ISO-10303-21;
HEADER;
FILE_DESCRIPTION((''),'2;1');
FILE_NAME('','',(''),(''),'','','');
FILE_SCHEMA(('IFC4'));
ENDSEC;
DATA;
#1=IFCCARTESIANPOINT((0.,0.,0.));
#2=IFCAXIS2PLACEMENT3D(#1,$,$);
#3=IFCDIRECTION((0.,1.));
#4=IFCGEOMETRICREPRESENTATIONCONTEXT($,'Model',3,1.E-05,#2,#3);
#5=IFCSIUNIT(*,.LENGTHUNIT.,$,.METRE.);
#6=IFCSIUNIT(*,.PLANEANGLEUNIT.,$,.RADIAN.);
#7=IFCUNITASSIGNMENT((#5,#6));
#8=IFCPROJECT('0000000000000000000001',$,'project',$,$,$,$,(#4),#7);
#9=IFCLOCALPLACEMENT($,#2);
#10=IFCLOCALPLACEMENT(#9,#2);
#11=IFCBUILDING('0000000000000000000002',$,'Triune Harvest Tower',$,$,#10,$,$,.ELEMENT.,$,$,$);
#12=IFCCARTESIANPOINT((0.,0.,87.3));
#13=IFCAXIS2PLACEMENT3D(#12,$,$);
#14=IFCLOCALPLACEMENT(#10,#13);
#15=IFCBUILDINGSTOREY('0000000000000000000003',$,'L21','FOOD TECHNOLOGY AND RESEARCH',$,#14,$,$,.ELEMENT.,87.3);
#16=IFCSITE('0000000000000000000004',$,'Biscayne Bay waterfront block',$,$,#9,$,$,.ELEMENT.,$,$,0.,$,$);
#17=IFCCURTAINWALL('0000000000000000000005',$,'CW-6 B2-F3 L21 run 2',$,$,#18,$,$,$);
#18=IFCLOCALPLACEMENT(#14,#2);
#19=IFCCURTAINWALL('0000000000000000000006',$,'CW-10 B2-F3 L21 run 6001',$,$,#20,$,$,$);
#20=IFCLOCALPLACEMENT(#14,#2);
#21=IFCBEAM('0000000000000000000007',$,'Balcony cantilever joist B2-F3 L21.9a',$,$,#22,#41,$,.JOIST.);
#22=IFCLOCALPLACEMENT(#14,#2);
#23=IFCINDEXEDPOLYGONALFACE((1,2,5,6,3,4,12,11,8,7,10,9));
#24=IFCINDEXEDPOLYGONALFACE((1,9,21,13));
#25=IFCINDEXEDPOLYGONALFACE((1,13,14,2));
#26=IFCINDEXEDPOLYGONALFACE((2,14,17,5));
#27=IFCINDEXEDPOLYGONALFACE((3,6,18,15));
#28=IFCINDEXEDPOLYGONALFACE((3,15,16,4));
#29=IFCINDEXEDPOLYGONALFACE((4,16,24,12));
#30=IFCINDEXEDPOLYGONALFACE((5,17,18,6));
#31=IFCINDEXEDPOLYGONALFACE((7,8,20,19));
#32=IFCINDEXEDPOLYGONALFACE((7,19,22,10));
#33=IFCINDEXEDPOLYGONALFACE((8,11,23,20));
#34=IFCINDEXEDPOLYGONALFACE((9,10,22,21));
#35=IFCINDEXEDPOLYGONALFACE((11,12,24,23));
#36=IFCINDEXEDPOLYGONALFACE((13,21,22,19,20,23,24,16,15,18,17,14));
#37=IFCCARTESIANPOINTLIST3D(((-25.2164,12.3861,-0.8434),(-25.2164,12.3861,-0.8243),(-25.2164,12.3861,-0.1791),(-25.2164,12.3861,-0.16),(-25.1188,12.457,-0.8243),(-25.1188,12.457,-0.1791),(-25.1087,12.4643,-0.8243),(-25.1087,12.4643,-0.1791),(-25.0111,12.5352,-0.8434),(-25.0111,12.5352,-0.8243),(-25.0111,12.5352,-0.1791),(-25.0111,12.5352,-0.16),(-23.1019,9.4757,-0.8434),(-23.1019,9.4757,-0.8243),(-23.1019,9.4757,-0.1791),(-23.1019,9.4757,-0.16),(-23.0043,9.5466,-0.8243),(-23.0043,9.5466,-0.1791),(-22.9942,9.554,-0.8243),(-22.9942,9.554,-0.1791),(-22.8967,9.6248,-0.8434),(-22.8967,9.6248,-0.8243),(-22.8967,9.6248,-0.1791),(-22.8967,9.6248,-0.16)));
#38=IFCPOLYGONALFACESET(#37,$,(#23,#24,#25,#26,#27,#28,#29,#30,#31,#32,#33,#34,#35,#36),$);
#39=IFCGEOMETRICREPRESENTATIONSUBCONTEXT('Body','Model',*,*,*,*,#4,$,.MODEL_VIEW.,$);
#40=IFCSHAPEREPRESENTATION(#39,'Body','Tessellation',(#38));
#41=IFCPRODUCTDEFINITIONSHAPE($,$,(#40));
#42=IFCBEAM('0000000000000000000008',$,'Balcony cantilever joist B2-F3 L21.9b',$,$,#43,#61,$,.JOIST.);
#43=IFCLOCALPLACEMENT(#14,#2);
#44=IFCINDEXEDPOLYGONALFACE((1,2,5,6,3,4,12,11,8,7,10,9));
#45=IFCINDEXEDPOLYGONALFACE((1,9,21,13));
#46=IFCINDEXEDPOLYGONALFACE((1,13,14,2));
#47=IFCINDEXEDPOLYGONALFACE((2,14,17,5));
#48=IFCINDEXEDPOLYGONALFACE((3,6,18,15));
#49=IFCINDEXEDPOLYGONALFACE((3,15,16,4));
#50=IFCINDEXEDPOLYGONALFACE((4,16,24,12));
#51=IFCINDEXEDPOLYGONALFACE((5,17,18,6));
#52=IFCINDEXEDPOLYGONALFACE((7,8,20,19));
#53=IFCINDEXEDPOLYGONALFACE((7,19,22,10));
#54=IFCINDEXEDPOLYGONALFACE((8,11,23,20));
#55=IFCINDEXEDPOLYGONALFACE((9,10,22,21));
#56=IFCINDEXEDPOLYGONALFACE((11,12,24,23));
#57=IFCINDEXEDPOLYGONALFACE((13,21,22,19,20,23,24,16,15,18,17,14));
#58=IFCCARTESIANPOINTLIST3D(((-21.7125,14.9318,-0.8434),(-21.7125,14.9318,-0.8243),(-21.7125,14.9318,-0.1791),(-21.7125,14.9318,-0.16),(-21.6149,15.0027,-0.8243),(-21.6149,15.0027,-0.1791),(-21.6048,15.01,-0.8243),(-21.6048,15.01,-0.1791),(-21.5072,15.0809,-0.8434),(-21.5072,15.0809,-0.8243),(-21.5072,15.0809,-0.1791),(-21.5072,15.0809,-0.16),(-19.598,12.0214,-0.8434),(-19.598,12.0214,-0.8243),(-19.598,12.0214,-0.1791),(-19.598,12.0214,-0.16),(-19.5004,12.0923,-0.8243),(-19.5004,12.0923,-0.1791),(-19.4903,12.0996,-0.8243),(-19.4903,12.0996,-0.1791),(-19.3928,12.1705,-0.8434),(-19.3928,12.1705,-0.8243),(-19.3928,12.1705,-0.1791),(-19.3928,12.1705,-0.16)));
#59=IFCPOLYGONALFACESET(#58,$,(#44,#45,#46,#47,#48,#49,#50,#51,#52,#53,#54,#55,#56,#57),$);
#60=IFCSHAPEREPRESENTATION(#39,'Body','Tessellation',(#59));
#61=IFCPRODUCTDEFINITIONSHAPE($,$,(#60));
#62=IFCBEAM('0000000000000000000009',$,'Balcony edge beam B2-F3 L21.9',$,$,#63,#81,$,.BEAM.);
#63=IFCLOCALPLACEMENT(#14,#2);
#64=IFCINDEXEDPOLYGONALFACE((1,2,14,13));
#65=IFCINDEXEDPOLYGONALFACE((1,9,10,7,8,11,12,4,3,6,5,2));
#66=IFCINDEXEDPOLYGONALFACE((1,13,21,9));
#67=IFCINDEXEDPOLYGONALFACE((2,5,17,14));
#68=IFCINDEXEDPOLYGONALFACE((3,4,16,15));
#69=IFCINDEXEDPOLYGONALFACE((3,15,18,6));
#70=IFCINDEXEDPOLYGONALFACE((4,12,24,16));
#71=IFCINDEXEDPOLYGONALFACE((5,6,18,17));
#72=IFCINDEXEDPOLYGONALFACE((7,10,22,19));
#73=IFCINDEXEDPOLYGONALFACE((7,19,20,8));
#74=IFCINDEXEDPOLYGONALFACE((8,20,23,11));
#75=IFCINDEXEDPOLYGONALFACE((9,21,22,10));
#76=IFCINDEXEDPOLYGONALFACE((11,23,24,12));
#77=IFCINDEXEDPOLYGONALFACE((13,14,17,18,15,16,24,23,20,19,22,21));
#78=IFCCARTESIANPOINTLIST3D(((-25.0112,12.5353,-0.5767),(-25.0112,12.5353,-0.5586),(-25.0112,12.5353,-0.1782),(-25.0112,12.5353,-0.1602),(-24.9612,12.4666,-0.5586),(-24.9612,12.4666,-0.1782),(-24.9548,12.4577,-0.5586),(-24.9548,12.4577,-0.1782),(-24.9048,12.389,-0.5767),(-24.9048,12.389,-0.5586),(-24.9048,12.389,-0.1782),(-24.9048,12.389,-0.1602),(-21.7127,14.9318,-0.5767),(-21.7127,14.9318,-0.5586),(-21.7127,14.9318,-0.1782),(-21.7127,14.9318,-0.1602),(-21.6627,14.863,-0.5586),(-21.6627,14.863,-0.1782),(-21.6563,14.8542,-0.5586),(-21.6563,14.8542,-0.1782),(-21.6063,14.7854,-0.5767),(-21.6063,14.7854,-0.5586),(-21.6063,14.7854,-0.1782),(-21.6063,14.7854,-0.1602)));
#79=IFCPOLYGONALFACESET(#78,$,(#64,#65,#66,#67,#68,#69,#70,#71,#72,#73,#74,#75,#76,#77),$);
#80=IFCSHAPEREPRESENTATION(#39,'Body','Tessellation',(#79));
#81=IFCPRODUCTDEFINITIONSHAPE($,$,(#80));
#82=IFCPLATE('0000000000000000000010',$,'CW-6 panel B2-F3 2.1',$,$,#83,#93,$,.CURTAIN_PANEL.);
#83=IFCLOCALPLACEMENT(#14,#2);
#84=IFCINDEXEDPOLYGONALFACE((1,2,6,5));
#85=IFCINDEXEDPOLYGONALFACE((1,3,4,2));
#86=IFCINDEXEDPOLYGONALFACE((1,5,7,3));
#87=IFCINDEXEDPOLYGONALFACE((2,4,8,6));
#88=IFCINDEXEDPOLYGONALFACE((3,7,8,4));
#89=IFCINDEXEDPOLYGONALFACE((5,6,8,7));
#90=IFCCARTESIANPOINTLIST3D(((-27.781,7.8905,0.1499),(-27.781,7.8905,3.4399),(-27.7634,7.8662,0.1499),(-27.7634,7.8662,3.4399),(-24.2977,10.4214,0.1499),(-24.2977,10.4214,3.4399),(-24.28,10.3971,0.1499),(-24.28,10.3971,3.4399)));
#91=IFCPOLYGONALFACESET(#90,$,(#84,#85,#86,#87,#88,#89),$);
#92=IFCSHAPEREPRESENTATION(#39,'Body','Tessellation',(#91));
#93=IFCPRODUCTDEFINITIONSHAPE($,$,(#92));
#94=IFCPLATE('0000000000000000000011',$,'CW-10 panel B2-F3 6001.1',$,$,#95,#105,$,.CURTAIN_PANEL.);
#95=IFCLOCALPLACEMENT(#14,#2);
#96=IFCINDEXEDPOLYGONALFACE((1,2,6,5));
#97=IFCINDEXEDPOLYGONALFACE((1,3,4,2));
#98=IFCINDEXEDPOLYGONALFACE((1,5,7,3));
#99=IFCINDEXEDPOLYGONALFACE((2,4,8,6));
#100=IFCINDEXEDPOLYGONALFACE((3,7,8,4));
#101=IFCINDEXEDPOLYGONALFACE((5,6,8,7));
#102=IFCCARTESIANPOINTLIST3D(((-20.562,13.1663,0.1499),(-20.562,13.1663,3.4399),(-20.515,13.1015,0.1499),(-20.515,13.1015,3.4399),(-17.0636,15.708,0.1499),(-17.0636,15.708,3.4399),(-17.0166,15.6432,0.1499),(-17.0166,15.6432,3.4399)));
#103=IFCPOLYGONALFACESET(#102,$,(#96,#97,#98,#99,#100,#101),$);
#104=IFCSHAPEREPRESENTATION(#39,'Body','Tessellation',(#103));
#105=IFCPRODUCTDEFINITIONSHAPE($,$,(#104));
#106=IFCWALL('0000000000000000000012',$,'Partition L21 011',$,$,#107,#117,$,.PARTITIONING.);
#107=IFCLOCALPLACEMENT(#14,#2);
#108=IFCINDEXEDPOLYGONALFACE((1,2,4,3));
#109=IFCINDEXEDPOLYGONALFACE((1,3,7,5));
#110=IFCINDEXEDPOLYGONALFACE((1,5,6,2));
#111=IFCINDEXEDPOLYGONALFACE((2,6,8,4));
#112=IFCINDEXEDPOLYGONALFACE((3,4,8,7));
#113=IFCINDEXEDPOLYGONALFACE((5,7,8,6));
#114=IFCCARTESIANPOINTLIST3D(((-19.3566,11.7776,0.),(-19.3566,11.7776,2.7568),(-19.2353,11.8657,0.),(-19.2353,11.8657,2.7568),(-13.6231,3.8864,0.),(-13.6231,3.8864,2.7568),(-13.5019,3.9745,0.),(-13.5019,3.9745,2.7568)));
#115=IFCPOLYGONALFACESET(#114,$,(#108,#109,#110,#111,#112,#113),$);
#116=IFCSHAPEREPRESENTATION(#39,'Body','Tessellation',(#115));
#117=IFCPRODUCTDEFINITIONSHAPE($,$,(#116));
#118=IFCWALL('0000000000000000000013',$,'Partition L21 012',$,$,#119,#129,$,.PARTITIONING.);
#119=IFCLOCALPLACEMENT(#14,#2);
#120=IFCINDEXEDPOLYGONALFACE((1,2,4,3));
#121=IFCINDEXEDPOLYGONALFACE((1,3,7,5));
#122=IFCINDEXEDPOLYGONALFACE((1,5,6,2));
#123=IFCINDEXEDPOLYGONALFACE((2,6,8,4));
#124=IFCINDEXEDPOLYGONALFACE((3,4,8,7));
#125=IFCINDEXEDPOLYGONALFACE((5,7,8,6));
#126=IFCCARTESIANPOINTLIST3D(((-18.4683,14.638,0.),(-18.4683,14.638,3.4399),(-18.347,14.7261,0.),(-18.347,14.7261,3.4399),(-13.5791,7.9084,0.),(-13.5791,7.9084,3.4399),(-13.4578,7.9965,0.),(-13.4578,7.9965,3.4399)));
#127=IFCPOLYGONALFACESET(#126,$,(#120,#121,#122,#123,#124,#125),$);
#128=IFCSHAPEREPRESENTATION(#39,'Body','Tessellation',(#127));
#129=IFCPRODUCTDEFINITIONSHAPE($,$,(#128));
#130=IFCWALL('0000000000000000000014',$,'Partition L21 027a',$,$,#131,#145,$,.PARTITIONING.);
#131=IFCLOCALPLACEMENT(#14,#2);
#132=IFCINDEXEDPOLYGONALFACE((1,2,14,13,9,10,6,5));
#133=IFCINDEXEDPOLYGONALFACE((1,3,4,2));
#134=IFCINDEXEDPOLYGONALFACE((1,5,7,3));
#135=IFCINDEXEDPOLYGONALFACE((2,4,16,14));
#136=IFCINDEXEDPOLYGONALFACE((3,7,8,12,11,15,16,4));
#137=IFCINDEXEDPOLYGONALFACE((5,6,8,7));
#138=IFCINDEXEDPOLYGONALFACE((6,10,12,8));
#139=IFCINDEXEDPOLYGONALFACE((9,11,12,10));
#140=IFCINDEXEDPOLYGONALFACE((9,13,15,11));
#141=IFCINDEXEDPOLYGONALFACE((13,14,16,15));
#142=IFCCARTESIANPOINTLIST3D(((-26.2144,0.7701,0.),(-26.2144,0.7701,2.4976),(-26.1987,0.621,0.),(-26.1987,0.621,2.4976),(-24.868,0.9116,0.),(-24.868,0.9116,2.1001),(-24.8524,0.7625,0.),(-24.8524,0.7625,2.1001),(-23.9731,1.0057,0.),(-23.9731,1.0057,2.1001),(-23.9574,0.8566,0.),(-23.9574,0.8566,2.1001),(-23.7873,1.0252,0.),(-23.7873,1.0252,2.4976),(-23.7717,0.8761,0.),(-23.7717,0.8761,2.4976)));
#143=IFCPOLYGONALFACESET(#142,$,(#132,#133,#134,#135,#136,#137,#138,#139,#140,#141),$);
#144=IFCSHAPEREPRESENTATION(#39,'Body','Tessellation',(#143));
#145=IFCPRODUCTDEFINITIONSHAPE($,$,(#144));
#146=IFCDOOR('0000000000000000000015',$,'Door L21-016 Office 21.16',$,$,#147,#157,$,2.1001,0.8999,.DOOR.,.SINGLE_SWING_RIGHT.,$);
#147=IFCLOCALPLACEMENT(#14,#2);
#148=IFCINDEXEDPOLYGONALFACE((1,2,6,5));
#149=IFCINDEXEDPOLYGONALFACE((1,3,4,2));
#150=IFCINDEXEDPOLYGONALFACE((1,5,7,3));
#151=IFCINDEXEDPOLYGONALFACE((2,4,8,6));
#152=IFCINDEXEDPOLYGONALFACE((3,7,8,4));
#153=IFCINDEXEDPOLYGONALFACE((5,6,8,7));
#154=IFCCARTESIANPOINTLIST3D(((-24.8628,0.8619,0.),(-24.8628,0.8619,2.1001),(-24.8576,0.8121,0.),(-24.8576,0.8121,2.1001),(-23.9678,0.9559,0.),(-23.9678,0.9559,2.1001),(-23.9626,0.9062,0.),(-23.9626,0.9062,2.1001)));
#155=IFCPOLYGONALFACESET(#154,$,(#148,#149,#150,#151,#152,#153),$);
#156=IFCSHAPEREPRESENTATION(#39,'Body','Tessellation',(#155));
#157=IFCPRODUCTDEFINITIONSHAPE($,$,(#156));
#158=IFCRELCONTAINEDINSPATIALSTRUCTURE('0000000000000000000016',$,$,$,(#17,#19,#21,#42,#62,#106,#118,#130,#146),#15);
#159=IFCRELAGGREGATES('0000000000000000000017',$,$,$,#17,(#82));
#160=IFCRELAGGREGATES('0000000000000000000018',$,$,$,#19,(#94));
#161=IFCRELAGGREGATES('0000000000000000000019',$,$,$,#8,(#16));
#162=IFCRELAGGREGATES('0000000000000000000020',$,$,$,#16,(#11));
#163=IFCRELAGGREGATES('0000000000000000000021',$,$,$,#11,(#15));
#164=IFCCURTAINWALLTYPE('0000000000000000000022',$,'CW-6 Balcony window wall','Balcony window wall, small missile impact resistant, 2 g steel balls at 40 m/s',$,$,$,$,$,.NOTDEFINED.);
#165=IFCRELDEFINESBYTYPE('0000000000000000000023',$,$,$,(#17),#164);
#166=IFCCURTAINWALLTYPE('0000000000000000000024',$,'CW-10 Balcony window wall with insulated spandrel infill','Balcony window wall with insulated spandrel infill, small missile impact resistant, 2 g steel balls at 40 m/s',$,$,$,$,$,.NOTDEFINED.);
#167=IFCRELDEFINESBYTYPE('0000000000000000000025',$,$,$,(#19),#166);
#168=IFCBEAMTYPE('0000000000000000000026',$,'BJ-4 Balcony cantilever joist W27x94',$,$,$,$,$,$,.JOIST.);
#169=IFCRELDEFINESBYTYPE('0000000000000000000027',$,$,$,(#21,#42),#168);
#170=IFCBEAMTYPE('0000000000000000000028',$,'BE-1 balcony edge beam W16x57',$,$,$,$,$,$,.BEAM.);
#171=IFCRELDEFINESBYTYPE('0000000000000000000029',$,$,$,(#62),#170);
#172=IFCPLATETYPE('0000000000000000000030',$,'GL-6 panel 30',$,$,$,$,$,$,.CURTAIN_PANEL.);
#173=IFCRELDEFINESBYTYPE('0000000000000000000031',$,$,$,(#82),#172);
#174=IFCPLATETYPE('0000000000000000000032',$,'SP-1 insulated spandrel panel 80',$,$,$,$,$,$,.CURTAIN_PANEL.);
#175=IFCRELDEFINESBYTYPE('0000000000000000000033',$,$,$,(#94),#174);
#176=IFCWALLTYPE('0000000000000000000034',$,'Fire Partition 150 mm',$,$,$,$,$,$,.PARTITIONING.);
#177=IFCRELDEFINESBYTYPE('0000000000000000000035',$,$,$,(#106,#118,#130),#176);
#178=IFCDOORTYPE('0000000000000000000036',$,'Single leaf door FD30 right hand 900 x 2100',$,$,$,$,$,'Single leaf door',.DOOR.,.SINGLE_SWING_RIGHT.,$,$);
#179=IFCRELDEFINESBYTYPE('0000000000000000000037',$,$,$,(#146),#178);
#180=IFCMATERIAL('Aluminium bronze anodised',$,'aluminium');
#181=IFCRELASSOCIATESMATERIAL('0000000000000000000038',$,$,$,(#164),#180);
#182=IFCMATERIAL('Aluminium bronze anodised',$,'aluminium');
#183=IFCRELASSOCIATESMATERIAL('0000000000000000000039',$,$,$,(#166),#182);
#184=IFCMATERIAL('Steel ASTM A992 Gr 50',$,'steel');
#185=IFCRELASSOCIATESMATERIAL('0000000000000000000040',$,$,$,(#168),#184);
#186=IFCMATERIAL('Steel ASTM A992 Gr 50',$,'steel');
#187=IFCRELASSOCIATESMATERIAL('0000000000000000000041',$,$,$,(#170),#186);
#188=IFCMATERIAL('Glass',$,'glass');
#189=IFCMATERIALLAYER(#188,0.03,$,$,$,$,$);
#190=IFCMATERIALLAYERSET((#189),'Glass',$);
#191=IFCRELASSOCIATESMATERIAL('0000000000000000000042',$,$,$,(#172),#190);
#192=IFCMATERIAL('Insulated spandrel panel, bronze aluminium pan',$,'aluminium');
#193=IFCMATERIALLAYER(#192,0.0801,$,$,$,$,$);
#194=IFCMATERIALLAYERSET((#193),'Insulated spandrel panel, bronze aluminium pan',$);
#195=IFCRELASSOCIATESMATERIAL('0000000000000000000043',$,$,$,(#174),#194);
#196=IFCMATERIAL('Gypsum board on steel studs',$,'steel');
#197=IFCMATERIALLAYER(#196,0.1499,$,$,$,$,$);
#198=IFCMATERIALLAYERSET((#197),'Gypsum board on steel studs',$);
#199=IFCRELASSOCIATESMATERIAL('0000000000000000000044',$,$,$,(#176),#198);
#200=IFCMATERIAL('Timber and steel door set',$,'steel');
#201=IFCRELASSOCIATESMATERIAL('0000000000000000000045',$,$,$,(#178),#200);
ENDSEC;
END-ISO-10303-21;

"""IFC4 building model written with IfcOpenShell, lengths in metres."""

from ifc_helpers import new_model, si_unit, direction, frame, frame_2d, origin, origin_2d, place, context, subcontext, project, spatial, rectangle, i_section, extrude, source, transform, mapped, material, layer, layer_set, material_profile, profile_set, type_object, element, fill, aggregate, save


model = new_model("IFC4")

# Units and contexts
model_context = context("Model", 3, precision=1e-05, world=origin(), true_north=direction((0.0, 1.0)))
body_context = subcontext(model_context, "Body", "Model", "MODEL_VIEW")
ifc_project = project(units=[si_unit("LENGTHUNIT", "METRE"), si_unit("PLANEANGLEUNIT", "RADIAN")], contexts=[model_context])

# Site, building, storey
site_placement = place(None, origin())
site = spatial("IfcSite", under=ifc_project, at=site_placement, Name="Biscayne Bay waterfront block", CompositionType="ELEMENT", RefElevation=0.0)
building_placement = place(site_placement, origin())
building = spatial("IfcBuilding", under=site, at=building_placement, Name="Triune Harvest Tower", CompositionType="ELEMENT")
storey_placement = place(building_placement, frame((0.0, 0.0, 87.3)))
storey = spatial("IfcBuildingStorey", under=building, at=storey_placement, Name="L21", Description="FOOD TECHNOLOGY AND RESEARCH", CompositionType="ELEMENT", Elevation=87.3)

# Curtain wall
ifc_material_1 = material(Name="Aluminium bronze anodised", Category="aluminium")
curtain_wall_type_1 = type_object("IfcCurtainWallType", Name="CW-6 Balcony window wall", Description="Balcony window wall, small missile impact resistant, 2 g steel balls at 40 m/s", PredefinedType="NOTDEFINED", material=ifc_material_1)
curtain_wall_1_placement = place(storey_placement, origin())
curtain_wall_1 = element("IfcCurtainWall", 1, at=curtain_wall_1_placement, inside=storey, type_object=curtain_wall_type_1, Name="CW-6 B2-F3 L21 run 2")

# Curtain wall
ifc_material_2 = material(Name="Aluminium bronze anodised", Category="aluminium")
curtain_wall_type_2 = type_object("IfcCurtainWallType", Name="CW-10 Balcony window wall with insulated spandrel infill", Description="Balcony window wall with insulated spandrel infill, small missile impact resistant, 2 g steel balls at 40 m/s", PredefinedType="NOTDEFINED", material=ifc_material_2)
curtain_wall_2_placement = place(storey_placement, origin())
curtain_wall_2 = element("IfcCurtainWall", 2, at=curtain_wall_2_placement, inside=storey, type_object=curtain_wall_type_2, Name="CW-10 B2-F3 L21 run 6001")

# Beams
ifc_material_3 = material(Name="Steel ASTM A992 Gr 50", Category="steel")
ifc_material_profile_1 = material_profile(ifc_material_3, i_section(OverallWidth=0.2537, OverallDepth=0.6833, WebThickness=0.0125, FlangeThickness=0.019, at=origin_2d()), Name="W27x94")
ifc_profile_set_1 = profile_set([ifc_material_profile_1], Name="Steel ASTM A992 Gr 50")
beam_type_1 = type_object("IfcBeamType", Name="BJ-4 Balcony cantilever joist W27x94", PredefinedType="JOIST", material=ifc_profile_set_1)
shared_shape_1 = source(origin(), body_context, "Body", "SweptSolid", [
    extrude(i_section(OverallWidth=0.2537, OverallDepth=0.6833, WebThickness=0.0125, FlangeThickness=0.019, at=origin_2d()), origin(), (0.0, 0.0, 1.0), 3.5974),
])
for number, where, z_axis, x_axis, name in (
    (3, (-22.9993, 9.5503, -0.5017), (-0.58778, 0.809021, 0.0), (-0.809021, -0.58778, 0.0), "Balcony cantilever joist B2-F3 L21.9a"),
    (4, (-19.4954, 12.0959, -0.5017), (-0.58778, 0.809021, 0.0), (-0.809021, -0.58778, 0.0), "Balcony cantilever joist B2-F3 L21.9b"),
):
    element("IfcBeam", number, at=place(storey_placement, frame(where, z_axis=z_axis, x_axis=x_axis)), inside=storey, type_object=beam_type_1, Name=name, PredefinedType="JOIST", context=body_context, shape_type="MappedRepresentation", body=[
        mapped(shared_shape_1, transform((0.0, 0.0, 0.0), scale=1.0)),
    ])
ifc_material_4 = material(Name="Steel ASTM A992 Gr 50", Category="steel")
ifc_material_profile_2 = material_profile(ifc_material_4, i_section(OverallWidth=0.1809, OverallDepth=0.4165, WebThickness=0.011, FlangeThickness=0.0181, at=origin_2d()), Name="W16x57")
ifc_profile_set_2 = profile_set([ifc_material_profile_2], Name="Steel ASTM A992 Gr 50")
beam_type_2 = type_object("IfcBeamType", Name="BE-1 balcony edge beam W16x57", PredefinedType="BEAM", material=ifc_profile_set_2)
shared_shape_2 = source(origin(), body_context, "Body", "SweptSolid", [
    extrude(i_section(OverallWidth=0.1809, OverallDepth=0.4165, WebThickness=0.011, FlangeThickness=0.0181, at=origin_2d()), origin(), (0.0, 0.0, 1.0), 4.0771),
])
beam_1_placement = place(storey_placement, frame((-24.958, 12.4622, -0.3684), z_axis=(0.809026, 0.587773, 0.0), x_axis=(-0.587773, 0.809026, 0.0)))
element("IfcBeam", 5, at=beam_1_placement, inside=storey, type_object=beam_type_2, Name="Balcony edge beam B2-F3 L21.9", PredefinedType="BEAM", context=body_context, shape_type="MappedRepresentation", body=[
    mapped(shared_shape_2, transform((0.0, 0.0, 0.0), scale=1.0)),
])

# Plates
ifc_material_5 = material(Name="Glass", Category="glass")
ifc_layer_1 = layer(ifc_material_5, 0.03)
ifc_layer_set_1 = layer_set([ifc_layer_1], Name="Glass")
plate_type_1 = type_object("IfcPlateType", Name="GL-6 panel 30", PredefinedType="CURTAIN_PANEL", material=ifc_layer_set_1)
plate_1_placement = place(storey_placement, frame((-26.0305, 9.1438, 0.1499), z_axis=(0.0, 0.0, 1.0), x_axis=(-0.809011, -0.587793, 0.0)))
plate_1 = element("IfcPlate", 6, at=plate_1_placement, type_object=plate_type_1, Name="CW-6 panel B2-F3 2.1", PredefinedType="CURTAIN_PANEL", context=body_context, shape_type="SweptSolid", body=[
    extrude(rectangle(XDim=4.3057, YDim=0.03, at=origin_2d()), origin(), (0.0, 0.0, 1.0), 3.29),
])
aggregate(curtain_wall_1, [plate_1])
ifc_material_6 = material(Name="Insulated spandrel panel, bronze aluminium pan", Category="aluminium")
ifc_layer_2 = layer(ifc_material_6, 0.0801)
ifc_layer_set_2 = layer_set([ifc_layer_2], Name="Insulated spandrel panel, bronze aluminium pan")
plate_type_2 = type_object("IfcPlateType", Name="SP-1 insulated spandrel panel 80", PredefinedType="CURTAIN_PANEL", material=ifc_layer_set_2)
shared_shape_3 = source(origin(), body_context, "Body", "SweptSolid", [
    extrude(rectangle(XDim=4.3242, YDim=0.0801, at=origin_2d()), origin(), (0.0, 0.0, 1.0), 3.29),
])
plate_2_placement = place(storey_placement, frame((-18.7893, 14.4048, 0.1499), z_axis=(0.0, 0.0, 1.0), x_axis=(-0.809021, -0.58778, 0.0)))
plate_2 = element("IfcPlate", 7, at=plate_2_placement, type_object=plate_type_2, Name="CW-10 panel B2-F3 6001.1", PredefinedType="CURTAIN_PANEL", context=body_context, shape_type="MappedRepresentation", body=[
    mapped(shared_shape_3, transform((0.0, 0.0, 0.0), scale=1.0)),
])
aggregate(curtain_wall_2, [plate_2])

# Walls
ifc_material_7 = material(Name="Gypsum board on steel studs", Category="steel")
ifc_layer_3 = layer(ifc_material_7, 0.1499)
ifc_layer_set_3 = layer_set([ifc_layer_3], Name="Gypsum board on steel studs")
wall_type_1 = type_object("IfcWallType", Name="Fire Partition 150 mm", PredefinedType="PARTITIONING", material=ifc_layer_set_3)
wall_1_placement = place(storey_placement, frame((-19.2959, 11.8215, 0.0), z_axis=(0.0, 0.0, 1.0), x_axis=(0.587797, -0.809009, 0.0)))
element("IfcWall", 8, at=wall_1_placement, inside=storey, type_object=wall_type_1, Name="Partition L21 011", PredefinedType="PARTITIONING", context=body_context, shape_type="SweptSolid", body=[
    extrude(rectangle(XDim=9.7542, YDim=0.1499, at=frame_2d((4.877, 0.0))), origin(), (0.0, 0.0, 1.0), 2.7568),
])
wall_2_placement = place(storey_placement, frame((-18.4077, 14.6821, 0.0), z_axis=(0.0, 0.0, 1.0), x_axis=(0.587777, -0.809023, 0.0)))
element("IfcWall", 9, at=wall_2_placement, inside=storey, type_object=wall_type_1, Name="Partition L21 012", PredefinedType="PARTITIONING", context=body_context, shape_type="SweptSolid", body=[
    extrude(rectangle(XDim=8.3181, YDim=0.1499, at=frame_2d((4.1592, 0.0))), origin(), (0.0, 0.0, 1.0), 3.4399),
])

# Wall, opening, door
wall_3_placement = place(storey_placement, frame((-26.2065, 0.6956, 0.0), z_axis=(0.0, 0.0, 1.0), x_axis=(0.99452, 0.104544, 0.0)))
wall_3 = element("IfcWall", 10, at=wall_3_placement, inside=storey, type_object=wall_type_1, Name="Partition L21 027a", PredefinedType="PARTITIONING", context=body_context, shape_type="SweptSolid", body=[
    extrude(rectangle(XDim=2.4404, YDim=0.1499, at=frame_2d((1.2202, 0.0))), origin(), (0.0, 0.0, 1.0), 2.4976),
])
opening_1_placement = place(wall_3_placement, frame((1.3538, 0.0, 0.0)))
opening_1 = element("IfcOpeningElement", 11, at=opening_1_placement, cuts=wall_3, PredefinedType="OPENING", context=body_context, shape_type="SweptSolid", body=[
    extrude(rectangle(XDim=0.8999, YDim=2.1001, at=frame_2d((0.45, 1.05))), frame((0.0, 0.085, 0.0), z_axis=(0.0, -1.0, 0.0), x_axis=(1.0, 0.0, 0.0)), (0.0, 0.0, 1.0), 0.1699),
])
ifc_material_8 = material(Name="Timber and steel door set", Category="steel")
door_type_1 = type_object("IfcDoorType", Name="Single leaf door FD30 right hand 900 x 2100", ElementType="Single leaf door", OperationType="SINGLE_SWING_RIGHT", PredefinedType="DOOR", material=ifc_material_8)
door_1_placement = place(opening_1_placement, origin())
door_1 = element("IfcDoor", 12, at=door_1_placement, inside=storey, type_object=door_type_1, Name="Door L21-016 Office 21.16", OperationType="SINGLE_SWING_RIGHT", OverallHeight=2.1001, OverallWidth=0.8999, PredefinedType="DOOR", context=body_context, shape_type="SweptSolid", body=[
    extrude(rectangle(XDim=0.8999, YDim=2.1001, at=frame_2d((0.45, 1.05))), frame((0.0, 0.0249, 0.0), z_axis=(0.0, -1.0, 0.0), x_axis=(1.0, 0.0, 0.0)), (0.0, 0.0, 1.0), 0.05),
])
fill(opening_1, door_1)

save(model, "model.ifc")
